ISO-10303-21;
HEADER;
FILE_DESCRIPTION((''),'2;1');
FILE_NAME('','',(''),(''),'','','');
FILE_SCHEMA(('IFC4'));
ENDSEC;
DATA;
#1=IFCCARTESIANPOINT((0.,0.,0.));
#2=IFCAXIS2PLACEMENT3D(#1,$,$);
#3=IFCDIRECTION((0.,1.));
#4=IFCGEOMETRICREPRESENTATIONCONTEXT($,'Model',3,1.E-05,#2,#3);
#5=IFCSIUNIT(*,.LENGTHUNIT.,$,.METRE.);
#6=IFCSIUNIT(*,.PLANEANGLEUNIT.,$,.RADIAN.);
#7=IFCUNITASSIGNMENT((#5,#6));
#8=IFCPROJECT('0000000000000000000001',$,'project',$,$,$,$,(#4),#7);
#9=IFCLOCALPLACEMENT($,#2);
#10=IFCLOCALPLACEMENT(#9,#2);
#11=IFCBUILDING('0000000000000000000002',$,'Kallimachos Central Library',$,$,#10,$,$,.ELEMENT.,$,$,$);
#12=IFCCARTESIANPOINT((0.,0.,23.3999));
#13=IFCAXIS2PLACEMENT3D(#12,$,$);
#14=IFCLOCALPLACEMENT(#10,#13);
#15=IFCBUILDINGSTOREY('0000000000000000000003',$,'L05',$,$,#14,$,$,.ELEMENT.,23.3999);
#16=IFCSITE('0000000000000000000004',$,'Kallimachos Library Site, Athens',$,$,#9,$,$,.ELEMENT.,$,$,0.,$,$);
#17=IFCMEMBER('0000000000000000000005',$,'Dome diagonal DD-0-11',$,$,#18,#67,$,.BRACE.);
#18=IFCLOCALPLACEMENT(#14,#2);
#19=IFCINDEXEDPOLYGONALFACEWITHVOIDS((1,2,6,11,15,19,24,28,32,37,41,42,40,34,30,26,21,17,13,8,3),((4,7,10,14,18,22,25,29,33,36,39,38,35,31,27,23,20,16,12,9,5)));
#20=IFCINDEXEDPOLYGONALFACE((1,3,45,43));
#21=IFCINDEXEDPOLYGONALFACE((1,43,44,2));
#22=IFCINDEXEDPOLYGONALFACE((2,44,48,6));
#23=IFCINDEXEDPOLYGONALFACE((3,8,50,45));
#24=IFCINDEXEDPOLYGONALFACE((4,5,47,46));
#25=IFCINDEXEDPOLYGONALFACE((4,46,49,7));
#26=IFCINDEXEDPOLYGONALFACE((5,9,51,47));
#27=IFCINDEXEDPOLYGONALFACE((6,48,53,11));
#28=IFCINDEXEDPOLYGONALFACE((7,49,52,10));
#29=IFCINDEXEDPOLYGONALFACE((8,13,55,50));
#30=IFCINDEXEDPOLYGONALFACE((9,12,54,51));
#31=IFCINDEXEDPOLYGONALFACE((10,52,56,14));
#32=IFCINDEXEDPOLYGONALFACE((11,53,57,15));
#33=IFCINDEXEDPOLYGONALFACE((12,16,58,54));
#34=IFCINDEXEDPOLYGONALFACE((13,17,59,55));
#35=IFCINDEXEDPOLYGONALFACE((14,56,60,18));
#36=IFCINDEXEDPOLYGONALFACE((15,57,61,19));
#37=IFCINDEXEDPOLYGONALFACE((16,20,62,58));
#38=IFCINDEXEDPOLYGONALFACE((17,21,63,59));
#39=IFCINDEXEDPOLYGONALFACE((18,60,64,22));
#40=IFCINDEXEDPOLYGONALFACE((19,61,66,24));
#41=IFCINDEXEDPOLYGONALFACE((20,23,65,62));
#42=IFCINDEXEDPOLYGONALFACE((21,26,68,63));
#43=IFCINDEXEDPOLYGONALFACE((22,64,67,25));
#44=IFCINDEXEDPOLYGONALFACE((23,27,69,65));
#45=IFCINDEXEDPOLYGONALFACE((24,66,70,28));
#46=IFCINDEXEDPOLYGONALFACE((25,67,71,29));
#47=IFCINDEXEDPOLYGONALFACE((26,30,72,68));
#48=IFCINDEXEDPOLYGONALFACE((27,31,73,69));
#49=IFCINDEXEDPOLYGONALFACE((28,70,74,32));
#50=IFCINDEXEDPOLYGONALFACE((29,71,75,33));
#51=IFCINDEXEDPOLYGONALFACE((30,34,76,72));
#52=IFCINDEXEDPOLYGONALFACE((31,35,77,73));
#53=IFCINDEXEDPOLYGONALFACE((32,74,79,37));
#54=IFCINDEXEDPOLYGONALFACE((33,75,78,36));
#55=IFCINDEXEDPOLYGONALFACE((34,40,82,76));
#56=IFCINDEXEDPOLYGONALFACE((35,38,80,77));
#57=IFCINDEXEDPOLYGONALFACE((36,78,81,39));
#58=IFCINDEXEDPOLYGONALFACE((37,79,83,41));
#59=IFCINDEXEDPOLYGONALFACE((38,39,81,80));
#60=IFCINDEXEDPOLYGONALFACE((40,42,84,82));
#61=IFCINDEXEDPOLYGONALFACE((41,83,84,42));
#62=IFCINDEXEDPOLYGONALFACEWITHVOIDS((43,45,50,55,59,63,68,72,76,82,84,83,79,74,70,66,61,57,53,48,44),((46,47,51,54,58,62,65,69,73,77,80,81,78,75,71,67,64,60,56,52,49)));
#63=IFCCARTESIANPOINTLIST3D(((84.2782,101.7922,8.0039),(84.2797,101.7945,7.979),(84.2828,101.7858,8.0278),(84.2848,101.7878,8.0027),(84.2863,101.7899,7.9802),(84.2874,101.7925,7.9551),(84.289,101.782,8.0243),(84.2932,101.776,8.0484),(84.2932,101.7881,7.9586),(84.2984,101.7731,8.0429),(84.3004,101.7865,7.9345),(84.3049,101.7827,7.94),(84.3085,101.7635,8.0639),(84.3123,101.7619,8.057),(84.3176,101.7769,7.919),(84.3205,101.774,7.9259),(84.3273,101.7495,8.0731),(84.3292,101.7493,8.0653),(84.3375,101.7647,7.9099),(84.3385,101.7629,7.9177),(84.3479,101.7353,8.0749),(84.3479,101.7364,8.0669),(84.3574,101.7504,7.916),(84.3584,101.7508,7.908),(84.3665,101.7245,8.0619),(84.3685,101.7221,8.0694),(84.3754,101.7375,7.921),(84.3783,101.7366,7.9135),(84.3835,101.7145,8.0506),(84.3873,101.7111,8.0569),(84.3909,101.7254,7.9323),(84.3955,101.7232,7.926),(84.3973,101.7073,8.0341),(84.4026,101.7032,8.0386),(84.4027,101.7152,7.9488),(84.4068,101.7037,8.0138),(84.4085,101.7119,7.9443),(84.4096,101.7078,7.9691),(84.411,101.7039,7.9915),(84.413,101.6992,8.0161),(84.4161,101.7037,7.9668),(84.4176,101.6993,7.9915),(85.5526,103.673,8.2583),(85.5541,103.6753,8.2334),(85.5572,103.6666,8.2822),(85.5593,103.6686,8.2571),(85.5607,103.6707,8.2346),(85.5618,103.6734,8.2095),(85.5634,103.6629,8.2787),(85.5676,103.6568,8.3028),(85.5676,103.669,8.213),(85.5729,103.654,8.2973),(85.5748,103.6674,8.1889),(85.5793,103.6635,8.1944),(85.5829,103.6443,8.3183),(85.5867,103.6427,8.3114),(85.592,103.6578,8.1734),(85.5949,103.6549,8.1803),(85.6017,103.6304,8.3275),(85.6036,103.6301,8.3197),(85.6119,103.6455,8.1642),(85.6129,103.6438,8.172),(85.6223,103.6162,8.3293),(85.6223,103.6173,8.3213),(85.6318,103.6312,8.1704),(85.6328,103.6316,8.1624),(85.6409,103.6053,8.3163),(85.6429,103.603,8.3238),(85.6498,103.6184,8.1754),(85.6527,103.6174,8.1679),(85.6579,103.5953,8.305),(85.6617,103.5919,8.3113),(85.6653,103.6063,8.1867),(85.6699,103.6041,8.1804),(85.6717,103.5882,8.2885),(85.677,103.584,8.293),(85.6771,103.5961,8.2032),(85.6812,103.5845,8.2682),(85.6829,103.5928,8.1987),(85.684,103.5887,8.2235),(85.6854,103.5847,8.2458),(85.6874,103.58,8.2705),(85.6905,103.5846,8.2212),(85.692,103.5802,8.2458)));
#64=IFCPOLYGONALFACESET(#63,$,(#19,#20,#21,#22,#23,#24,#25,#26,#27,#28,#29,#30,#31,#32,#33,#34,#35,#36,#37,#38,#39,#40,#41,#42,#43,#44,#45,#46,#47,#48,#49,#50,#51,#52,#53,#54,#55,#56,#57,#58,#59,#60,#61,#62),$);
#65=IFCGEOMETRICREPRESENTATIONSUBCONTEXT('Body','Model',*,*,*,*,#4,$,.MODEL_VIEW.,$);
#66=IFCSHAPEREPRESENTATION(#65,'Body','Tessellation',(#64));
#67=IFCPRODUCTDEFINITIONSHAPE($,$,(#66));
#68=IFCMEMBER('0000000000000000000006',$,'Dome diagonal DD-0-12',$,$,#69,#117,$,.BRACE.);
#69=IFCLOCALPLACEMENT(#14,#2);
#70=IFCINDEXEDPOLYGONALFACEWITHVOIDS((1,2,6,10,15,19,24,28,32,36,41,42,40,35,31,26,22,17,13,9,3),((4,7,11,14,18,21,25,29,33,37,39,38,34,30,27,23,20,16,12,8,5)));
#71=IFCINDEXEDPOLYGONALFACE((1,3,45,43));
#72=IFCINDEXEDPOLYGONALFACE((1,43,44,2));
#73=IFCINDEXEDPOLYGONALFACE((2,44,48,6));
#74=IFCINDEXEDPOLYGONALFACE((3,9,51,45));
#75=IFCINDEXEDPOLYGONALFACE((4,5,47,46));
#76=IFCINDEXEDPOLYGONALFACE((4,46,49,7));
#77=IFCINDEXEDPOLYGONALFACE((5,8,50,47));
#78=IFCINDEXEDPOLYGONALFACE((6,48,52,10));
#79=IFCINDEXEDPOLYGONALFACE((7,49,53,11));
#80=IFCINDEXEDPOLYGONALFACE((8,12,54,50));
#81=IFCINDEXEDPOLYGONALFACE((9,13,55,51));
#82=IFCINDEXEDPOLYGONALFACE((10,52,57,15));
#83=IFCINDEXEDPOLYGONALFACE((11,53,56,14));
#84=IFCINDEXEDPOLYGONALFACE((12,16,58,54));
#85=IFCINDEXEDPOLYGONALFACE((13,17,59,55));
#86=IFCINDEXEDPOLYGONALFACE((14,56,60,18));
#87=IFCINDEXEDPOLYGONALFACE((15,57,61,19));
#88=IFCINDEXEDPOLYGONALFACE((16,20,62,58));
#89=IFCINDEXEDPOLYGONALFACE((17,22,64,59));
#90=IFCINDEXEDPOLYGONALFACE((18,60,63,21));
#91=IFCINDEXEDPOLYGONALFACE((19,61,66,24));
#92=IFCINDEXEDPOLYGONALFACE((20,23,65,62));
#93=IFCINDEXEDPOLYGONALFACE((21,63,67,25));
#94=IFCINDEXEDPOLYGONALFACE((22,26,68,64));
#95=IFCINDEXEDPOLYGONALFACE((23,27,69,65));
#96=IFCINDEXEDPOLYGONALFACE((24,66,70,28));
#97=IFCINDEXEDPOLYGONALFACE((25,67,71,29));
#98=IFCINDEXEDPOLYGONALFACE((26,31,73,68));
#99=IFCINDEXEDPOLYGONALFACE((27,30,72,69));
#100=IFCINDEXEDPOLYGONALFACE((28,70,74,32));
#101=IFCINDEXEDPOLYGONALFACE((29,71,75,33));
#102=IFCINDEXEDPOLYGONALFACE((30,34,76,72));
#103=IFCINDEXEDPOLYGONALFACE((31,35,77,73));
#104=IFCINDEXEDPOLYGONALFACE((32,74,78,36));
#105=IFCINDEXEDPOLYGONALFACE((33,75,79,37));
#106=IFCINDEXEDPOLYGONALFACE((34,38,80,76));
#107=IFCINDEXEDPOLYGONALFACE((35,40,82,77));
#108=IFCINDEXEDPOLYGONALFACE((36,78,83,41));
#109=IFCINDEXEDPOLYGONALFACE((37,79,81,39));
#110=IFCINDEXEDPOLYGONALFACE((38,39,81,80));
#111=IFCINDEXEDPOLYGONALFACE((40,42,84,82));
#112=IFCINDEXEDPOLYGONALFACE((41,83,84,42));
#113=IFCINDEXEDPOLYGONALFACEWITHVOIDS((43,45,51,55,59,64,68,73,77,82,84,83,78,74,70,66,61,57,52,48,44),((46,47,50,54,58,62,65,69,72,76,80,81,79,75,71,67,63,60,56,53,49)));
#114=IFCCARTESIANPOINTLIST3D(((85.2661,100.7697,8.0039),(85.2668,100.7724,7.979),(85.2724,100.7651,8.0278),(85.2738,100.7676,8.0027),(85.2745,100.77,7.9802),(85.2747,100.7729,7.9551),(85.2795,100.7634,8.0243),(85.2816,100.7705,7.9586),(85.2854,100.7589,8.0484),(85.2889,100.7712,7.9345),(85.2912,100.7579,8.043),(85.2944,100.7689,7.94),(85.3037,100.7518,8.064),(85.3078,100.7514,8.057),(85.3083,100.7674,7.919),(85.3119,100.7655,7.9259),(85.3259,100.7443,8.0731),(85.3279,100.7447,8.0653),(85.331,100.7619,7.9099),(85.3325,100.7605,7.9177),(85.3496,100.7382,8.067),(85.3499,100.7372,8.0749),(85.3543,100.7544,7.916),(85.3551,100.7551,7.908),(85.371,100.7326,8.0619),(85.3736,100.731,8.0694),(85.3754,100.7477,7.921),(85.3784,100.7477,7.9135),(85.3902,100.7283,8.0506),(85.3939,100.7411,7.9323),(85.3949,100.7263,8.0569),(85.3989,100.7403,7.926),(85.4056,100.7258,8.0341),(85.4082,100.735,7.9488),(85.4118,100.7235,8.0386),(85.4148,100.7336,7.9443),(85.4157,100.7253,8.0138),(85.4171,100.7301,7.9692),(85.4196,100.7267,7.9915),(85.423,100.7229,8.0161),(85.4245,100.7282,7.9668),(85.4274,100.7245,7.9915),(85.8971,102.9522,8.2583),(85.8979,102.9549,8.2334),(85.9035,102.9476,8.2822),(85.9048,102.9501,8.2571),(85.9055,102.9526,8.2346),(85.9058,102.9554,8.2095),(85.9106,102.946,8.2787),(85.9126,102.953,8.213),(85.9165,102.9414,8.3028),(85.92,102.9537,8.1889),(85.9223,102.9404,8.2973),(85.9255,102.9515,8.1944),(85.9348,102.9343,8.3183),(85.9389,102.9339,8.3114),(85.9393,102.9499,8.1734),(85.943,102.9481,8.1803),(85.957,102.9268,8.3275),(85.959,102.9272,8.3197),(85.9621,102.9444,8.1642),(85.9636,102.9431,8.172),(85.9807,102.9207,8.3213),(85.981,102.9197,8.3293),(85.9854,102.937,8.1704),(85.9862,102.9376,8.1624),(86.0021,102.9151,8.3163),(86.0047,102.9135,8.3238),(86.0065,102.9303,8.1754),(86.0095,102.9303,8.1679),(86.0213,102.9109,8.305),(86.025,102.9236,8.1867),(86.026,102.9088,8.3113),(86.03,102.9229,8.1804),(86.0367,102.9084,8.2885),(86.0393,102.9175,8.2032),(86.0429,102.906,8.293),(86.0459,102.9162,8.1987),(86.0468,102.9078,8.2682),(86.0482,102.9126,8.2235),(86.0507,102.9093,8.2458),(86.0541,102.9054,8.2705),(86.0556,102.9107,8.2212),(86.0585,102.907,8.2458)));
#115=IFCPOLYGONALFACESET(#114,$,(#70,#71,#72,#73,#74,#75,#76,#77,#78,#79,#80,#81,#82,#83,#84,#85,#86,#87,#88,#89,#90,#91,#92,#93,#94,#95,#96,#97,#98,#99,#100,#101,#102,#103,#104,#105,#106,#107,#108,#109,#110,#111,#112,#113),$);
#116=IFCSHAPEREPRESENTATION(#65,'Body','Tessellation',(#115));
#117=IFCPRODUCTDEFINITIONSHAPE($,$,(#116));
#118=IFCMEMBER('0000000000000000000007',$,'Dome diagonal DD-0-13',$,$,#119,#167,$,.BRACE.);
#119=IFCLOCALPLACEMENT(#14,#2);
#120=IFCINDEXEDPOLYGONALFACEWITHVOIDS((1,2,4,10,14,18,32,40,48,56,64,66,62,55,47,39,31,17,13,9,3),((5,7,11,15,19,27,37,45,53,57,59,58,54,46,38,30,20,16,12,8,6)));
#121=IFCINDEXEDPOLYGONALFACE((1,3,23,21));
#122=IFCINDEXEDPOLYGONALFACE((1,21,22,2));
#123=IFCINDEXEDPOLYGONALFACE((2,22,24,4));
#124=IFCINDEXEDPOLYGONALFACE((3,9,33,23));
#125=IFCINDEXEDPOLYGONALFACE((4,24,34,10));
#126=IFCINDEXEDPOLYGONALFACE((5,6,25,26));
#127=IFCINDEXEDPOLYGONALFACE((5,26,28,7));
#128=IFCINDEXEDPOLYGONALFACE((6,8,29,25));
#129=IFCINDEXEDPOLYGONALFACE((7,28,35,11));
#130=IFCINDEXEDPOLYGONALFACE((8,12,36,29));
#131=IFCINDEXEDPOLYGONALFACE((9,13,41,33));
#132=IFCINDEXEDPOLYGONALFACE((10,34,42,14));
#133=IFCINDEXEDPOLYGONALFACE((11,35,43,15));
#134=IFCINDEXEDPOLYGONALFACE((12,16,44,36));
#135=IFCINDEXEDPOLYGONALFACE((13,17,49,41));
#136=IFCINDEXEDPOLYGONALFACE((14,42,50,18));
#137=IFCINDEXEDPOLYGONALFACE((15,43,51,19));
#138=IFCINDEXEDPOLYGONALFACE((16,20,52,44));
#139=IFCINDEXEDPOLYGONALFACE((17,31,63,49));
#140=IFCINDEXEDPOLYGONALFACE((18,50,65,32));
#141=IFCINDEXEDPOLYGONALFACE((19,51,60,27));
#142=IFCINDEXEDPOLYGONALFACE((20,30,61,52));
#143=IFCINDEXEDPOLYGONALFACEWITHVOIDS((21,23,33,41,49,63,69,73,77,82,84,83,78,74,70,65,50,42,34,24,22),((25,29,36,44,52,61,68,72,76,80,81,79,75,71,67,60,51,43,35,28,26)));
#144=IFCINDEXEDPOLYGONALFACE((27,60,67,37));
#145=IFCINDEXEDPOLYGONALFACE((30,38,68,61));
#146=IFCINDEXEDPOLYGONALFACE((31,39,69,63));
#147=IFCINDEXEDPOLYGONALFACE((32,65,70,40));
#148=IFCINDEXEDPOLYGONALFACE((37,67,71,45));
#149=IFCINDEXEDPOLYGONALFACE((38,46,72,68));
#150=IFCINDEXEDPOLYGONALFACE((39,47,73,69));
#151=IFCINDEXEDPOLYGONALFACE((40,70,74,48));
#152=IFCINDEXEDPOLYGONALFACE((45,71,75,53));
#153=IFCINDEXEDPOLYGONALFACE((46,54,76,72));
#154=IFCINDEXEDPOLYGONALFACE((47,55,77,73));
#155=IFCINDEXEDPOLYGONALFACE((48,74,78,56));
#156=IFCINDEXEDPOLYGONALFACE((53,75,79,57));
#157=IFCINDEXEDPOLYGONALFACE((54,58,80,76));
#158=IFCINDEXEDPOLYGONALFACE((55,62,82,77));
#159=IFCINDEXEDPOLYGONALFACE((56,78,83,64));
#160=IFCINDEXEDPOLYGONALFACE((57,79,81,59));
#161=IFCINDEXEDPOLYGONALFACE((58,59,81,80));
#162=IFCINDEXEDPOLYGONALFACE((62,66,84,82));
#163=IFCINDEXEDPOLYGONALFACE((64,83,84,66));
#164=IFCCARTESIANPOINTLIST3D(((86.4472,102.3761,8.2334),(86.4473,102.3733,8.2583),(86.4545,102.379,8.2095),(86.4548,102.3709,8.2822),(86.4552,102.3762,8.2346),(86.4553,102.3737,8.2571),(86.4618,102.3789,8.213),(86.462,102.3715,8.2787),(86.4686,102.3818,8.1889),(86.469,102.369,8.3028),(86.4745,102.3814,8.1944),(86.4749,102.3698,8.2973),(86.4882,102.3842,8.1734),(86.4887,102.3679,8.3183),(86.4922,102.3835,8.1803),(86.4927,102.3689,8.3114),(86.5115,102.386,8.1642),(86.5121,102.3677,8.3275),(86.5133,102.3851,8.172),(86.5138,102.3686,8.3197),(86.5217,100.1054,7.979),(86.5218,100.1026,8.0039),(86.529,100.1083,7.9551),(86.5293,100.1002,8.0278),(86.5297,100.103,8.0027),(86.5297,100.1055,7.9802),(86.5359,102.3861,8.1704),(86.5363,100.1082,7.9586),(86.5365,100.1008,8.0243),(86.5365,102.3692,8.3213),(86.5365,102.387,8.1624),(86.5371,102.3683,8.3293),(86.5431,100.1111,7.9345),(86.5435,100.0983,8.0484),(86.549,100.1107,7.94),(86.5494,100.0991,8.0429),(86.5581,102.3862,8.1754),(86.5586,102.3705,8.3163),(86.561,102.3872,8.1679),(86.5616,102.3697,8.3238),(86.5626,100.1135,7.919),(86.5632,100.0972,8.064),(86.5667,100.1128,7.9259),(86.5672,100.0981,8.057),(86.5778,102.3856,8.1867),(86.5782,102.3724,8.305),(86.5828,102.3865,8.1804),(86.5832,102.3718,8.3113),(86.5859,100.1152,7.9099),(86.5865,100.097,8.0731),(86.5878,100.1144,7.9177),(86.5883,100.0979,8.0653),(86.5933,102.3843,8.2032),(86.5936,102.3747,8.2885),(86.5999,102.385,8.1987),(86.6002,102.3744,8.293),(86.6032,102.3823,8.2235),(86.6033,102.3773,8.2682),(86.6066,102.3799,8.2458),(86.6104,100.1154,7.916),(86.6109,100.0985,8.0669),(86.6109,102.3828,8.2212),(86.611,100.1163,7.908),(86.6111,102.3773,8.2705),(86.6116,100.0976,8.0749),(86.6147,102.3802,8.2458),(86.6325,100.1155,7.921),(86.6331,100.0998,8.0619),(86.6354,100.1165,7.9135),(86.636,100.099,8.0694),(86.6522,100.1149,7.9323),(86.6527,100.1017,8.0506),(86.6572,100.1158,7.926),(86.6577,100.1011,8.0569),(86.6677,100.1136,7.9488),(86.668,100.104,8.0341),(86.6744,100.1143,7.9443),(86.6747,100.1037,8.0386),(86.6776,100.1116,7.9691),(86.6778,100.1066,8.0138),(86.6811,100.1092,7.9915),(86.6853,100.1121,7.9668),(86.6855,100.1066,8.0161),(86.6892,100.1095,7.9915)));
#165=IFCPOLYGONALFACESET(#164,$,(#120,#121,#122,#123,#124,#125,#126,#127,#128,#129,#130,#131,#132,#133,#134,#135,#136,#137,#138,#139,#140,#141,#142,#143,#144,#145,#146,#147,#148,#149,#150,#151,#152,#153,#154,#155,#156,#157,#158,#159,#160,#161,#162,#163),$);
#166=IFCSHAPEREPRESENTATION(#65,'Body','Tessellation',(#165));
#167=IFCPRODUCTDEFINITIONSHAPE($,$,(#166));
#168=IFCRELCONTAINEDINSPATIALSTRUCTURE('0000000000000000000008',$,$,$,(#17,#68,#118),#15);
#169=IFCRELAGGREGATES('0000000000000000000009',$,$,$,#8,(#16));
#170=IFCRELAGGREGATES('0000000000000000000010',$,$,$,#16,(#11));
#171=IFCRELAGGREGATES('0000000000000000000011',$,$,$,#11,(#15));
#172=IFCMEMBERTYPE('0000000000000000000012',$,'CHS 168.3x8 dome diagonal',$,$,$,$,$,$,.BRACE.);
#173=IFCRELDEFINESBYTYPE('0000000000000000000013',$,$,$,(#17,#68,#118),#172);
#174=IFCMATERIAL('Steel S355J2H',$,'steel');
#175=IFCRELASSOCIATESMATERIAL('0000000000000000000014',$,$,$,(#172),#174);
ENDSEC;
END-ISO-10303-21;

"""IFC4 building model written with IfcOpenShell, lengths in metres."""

from ifc_helpers import new_model, si_unit, direction, frame, origin, origin_2d, place, context, subcontext, project, spatial, hollow_circle, extrude, material, material_profile, profile_set, type_object, element, save


model = new_model("IFC4")

# Units and contexts
model_context = context("Model", 3, precision=1e-05, world=origin(), true_north=direction((0.0, 1.0)))
body_context = subcontext(model_context, "Body", "Model", "MODEL_VIEW")
ifc_project = project(units=[si_unit("LENGTHUNIT", "METRE"), si_unit("PLANEANGLEUNIT", "RADIAN")], contexts=[model_context])

# Site, building, storey
site_placement = place(None, origin())
site = spatial("IfcSite", under=ifc_project, at=site_placement, Name="Kallimachos Library Site, Athens", CompositionType="ELEMENT", RefElevation=0.0)
building_placement = place(site_placement, origin())
building = spatial("IfcBuilding", under=site, at=building_placement, Name="Kallimachos Central Library", CompositionType="ELEMENT")
storey_placement = place(building_placement, frame((0.0, 0.0, 23.3999)))
storey = spatial("IfcBuildingStorey", under=building, at=storey_placement, Name="L05", CompositionType="ELEMENT", Elevation=23.3999)

# Members
ifc_material_1 = material(Name="Steel S355J2H", Category="steel")
ifc_material_profile_1 = material_profile(ifc_material_1, hollow_circle(Radius=0.0842, WallThickness=0.0081, at=origin_2d()), Name="CHS 168.3x8")
ifc_profile_set_1 = profile_set([ifc_material_profile_1], Name="Steel S355J2H")
member_type_1 = type_object("IfcMemberType", Name="CHS 168.3x8 dome diagonal", PredefinedType="BRACE", material=ifc_profile_set_1)
for number, where, z_axis, x_axis, name in (
    (1, (85.6223, 103.6274, 8.2458), (-0.55745, -0.822719, -0.111276), (0.827861, -0.560934, 0.0), "Dome diagonal DD-0-11"),
    (2, (85.9775, 102.9304, 8.2458), (-0.276046, -0.954682, -0.111273), (0.960647, -0.277771, 0.0), "Dome diagonal DD-0-12"),
    (3, (86.5305, 102.3774, 8.2458), (0.032571, -0.993256, -0.111275), (0.999463, 0.032775, 0.0), "Dome diagonal DD-0-13"),
):
    element("IfcMember", number, at=place(storey_placement, frame(where, z_axis=z_axis, x_axis=x_axis)), inside=storey, type_object=member_type_1, Name=name, PredefinedType="BRACE", context=body_context, shape_type="SweptSolid", body=[
        extrude(hollow_circle(Radius=0.0842, WallThickness=0.0081, at=origin_2d()), origin(), (0.0, 0.0, 1.0), 2.2861),
    ])

save(model, "model.ifc")
